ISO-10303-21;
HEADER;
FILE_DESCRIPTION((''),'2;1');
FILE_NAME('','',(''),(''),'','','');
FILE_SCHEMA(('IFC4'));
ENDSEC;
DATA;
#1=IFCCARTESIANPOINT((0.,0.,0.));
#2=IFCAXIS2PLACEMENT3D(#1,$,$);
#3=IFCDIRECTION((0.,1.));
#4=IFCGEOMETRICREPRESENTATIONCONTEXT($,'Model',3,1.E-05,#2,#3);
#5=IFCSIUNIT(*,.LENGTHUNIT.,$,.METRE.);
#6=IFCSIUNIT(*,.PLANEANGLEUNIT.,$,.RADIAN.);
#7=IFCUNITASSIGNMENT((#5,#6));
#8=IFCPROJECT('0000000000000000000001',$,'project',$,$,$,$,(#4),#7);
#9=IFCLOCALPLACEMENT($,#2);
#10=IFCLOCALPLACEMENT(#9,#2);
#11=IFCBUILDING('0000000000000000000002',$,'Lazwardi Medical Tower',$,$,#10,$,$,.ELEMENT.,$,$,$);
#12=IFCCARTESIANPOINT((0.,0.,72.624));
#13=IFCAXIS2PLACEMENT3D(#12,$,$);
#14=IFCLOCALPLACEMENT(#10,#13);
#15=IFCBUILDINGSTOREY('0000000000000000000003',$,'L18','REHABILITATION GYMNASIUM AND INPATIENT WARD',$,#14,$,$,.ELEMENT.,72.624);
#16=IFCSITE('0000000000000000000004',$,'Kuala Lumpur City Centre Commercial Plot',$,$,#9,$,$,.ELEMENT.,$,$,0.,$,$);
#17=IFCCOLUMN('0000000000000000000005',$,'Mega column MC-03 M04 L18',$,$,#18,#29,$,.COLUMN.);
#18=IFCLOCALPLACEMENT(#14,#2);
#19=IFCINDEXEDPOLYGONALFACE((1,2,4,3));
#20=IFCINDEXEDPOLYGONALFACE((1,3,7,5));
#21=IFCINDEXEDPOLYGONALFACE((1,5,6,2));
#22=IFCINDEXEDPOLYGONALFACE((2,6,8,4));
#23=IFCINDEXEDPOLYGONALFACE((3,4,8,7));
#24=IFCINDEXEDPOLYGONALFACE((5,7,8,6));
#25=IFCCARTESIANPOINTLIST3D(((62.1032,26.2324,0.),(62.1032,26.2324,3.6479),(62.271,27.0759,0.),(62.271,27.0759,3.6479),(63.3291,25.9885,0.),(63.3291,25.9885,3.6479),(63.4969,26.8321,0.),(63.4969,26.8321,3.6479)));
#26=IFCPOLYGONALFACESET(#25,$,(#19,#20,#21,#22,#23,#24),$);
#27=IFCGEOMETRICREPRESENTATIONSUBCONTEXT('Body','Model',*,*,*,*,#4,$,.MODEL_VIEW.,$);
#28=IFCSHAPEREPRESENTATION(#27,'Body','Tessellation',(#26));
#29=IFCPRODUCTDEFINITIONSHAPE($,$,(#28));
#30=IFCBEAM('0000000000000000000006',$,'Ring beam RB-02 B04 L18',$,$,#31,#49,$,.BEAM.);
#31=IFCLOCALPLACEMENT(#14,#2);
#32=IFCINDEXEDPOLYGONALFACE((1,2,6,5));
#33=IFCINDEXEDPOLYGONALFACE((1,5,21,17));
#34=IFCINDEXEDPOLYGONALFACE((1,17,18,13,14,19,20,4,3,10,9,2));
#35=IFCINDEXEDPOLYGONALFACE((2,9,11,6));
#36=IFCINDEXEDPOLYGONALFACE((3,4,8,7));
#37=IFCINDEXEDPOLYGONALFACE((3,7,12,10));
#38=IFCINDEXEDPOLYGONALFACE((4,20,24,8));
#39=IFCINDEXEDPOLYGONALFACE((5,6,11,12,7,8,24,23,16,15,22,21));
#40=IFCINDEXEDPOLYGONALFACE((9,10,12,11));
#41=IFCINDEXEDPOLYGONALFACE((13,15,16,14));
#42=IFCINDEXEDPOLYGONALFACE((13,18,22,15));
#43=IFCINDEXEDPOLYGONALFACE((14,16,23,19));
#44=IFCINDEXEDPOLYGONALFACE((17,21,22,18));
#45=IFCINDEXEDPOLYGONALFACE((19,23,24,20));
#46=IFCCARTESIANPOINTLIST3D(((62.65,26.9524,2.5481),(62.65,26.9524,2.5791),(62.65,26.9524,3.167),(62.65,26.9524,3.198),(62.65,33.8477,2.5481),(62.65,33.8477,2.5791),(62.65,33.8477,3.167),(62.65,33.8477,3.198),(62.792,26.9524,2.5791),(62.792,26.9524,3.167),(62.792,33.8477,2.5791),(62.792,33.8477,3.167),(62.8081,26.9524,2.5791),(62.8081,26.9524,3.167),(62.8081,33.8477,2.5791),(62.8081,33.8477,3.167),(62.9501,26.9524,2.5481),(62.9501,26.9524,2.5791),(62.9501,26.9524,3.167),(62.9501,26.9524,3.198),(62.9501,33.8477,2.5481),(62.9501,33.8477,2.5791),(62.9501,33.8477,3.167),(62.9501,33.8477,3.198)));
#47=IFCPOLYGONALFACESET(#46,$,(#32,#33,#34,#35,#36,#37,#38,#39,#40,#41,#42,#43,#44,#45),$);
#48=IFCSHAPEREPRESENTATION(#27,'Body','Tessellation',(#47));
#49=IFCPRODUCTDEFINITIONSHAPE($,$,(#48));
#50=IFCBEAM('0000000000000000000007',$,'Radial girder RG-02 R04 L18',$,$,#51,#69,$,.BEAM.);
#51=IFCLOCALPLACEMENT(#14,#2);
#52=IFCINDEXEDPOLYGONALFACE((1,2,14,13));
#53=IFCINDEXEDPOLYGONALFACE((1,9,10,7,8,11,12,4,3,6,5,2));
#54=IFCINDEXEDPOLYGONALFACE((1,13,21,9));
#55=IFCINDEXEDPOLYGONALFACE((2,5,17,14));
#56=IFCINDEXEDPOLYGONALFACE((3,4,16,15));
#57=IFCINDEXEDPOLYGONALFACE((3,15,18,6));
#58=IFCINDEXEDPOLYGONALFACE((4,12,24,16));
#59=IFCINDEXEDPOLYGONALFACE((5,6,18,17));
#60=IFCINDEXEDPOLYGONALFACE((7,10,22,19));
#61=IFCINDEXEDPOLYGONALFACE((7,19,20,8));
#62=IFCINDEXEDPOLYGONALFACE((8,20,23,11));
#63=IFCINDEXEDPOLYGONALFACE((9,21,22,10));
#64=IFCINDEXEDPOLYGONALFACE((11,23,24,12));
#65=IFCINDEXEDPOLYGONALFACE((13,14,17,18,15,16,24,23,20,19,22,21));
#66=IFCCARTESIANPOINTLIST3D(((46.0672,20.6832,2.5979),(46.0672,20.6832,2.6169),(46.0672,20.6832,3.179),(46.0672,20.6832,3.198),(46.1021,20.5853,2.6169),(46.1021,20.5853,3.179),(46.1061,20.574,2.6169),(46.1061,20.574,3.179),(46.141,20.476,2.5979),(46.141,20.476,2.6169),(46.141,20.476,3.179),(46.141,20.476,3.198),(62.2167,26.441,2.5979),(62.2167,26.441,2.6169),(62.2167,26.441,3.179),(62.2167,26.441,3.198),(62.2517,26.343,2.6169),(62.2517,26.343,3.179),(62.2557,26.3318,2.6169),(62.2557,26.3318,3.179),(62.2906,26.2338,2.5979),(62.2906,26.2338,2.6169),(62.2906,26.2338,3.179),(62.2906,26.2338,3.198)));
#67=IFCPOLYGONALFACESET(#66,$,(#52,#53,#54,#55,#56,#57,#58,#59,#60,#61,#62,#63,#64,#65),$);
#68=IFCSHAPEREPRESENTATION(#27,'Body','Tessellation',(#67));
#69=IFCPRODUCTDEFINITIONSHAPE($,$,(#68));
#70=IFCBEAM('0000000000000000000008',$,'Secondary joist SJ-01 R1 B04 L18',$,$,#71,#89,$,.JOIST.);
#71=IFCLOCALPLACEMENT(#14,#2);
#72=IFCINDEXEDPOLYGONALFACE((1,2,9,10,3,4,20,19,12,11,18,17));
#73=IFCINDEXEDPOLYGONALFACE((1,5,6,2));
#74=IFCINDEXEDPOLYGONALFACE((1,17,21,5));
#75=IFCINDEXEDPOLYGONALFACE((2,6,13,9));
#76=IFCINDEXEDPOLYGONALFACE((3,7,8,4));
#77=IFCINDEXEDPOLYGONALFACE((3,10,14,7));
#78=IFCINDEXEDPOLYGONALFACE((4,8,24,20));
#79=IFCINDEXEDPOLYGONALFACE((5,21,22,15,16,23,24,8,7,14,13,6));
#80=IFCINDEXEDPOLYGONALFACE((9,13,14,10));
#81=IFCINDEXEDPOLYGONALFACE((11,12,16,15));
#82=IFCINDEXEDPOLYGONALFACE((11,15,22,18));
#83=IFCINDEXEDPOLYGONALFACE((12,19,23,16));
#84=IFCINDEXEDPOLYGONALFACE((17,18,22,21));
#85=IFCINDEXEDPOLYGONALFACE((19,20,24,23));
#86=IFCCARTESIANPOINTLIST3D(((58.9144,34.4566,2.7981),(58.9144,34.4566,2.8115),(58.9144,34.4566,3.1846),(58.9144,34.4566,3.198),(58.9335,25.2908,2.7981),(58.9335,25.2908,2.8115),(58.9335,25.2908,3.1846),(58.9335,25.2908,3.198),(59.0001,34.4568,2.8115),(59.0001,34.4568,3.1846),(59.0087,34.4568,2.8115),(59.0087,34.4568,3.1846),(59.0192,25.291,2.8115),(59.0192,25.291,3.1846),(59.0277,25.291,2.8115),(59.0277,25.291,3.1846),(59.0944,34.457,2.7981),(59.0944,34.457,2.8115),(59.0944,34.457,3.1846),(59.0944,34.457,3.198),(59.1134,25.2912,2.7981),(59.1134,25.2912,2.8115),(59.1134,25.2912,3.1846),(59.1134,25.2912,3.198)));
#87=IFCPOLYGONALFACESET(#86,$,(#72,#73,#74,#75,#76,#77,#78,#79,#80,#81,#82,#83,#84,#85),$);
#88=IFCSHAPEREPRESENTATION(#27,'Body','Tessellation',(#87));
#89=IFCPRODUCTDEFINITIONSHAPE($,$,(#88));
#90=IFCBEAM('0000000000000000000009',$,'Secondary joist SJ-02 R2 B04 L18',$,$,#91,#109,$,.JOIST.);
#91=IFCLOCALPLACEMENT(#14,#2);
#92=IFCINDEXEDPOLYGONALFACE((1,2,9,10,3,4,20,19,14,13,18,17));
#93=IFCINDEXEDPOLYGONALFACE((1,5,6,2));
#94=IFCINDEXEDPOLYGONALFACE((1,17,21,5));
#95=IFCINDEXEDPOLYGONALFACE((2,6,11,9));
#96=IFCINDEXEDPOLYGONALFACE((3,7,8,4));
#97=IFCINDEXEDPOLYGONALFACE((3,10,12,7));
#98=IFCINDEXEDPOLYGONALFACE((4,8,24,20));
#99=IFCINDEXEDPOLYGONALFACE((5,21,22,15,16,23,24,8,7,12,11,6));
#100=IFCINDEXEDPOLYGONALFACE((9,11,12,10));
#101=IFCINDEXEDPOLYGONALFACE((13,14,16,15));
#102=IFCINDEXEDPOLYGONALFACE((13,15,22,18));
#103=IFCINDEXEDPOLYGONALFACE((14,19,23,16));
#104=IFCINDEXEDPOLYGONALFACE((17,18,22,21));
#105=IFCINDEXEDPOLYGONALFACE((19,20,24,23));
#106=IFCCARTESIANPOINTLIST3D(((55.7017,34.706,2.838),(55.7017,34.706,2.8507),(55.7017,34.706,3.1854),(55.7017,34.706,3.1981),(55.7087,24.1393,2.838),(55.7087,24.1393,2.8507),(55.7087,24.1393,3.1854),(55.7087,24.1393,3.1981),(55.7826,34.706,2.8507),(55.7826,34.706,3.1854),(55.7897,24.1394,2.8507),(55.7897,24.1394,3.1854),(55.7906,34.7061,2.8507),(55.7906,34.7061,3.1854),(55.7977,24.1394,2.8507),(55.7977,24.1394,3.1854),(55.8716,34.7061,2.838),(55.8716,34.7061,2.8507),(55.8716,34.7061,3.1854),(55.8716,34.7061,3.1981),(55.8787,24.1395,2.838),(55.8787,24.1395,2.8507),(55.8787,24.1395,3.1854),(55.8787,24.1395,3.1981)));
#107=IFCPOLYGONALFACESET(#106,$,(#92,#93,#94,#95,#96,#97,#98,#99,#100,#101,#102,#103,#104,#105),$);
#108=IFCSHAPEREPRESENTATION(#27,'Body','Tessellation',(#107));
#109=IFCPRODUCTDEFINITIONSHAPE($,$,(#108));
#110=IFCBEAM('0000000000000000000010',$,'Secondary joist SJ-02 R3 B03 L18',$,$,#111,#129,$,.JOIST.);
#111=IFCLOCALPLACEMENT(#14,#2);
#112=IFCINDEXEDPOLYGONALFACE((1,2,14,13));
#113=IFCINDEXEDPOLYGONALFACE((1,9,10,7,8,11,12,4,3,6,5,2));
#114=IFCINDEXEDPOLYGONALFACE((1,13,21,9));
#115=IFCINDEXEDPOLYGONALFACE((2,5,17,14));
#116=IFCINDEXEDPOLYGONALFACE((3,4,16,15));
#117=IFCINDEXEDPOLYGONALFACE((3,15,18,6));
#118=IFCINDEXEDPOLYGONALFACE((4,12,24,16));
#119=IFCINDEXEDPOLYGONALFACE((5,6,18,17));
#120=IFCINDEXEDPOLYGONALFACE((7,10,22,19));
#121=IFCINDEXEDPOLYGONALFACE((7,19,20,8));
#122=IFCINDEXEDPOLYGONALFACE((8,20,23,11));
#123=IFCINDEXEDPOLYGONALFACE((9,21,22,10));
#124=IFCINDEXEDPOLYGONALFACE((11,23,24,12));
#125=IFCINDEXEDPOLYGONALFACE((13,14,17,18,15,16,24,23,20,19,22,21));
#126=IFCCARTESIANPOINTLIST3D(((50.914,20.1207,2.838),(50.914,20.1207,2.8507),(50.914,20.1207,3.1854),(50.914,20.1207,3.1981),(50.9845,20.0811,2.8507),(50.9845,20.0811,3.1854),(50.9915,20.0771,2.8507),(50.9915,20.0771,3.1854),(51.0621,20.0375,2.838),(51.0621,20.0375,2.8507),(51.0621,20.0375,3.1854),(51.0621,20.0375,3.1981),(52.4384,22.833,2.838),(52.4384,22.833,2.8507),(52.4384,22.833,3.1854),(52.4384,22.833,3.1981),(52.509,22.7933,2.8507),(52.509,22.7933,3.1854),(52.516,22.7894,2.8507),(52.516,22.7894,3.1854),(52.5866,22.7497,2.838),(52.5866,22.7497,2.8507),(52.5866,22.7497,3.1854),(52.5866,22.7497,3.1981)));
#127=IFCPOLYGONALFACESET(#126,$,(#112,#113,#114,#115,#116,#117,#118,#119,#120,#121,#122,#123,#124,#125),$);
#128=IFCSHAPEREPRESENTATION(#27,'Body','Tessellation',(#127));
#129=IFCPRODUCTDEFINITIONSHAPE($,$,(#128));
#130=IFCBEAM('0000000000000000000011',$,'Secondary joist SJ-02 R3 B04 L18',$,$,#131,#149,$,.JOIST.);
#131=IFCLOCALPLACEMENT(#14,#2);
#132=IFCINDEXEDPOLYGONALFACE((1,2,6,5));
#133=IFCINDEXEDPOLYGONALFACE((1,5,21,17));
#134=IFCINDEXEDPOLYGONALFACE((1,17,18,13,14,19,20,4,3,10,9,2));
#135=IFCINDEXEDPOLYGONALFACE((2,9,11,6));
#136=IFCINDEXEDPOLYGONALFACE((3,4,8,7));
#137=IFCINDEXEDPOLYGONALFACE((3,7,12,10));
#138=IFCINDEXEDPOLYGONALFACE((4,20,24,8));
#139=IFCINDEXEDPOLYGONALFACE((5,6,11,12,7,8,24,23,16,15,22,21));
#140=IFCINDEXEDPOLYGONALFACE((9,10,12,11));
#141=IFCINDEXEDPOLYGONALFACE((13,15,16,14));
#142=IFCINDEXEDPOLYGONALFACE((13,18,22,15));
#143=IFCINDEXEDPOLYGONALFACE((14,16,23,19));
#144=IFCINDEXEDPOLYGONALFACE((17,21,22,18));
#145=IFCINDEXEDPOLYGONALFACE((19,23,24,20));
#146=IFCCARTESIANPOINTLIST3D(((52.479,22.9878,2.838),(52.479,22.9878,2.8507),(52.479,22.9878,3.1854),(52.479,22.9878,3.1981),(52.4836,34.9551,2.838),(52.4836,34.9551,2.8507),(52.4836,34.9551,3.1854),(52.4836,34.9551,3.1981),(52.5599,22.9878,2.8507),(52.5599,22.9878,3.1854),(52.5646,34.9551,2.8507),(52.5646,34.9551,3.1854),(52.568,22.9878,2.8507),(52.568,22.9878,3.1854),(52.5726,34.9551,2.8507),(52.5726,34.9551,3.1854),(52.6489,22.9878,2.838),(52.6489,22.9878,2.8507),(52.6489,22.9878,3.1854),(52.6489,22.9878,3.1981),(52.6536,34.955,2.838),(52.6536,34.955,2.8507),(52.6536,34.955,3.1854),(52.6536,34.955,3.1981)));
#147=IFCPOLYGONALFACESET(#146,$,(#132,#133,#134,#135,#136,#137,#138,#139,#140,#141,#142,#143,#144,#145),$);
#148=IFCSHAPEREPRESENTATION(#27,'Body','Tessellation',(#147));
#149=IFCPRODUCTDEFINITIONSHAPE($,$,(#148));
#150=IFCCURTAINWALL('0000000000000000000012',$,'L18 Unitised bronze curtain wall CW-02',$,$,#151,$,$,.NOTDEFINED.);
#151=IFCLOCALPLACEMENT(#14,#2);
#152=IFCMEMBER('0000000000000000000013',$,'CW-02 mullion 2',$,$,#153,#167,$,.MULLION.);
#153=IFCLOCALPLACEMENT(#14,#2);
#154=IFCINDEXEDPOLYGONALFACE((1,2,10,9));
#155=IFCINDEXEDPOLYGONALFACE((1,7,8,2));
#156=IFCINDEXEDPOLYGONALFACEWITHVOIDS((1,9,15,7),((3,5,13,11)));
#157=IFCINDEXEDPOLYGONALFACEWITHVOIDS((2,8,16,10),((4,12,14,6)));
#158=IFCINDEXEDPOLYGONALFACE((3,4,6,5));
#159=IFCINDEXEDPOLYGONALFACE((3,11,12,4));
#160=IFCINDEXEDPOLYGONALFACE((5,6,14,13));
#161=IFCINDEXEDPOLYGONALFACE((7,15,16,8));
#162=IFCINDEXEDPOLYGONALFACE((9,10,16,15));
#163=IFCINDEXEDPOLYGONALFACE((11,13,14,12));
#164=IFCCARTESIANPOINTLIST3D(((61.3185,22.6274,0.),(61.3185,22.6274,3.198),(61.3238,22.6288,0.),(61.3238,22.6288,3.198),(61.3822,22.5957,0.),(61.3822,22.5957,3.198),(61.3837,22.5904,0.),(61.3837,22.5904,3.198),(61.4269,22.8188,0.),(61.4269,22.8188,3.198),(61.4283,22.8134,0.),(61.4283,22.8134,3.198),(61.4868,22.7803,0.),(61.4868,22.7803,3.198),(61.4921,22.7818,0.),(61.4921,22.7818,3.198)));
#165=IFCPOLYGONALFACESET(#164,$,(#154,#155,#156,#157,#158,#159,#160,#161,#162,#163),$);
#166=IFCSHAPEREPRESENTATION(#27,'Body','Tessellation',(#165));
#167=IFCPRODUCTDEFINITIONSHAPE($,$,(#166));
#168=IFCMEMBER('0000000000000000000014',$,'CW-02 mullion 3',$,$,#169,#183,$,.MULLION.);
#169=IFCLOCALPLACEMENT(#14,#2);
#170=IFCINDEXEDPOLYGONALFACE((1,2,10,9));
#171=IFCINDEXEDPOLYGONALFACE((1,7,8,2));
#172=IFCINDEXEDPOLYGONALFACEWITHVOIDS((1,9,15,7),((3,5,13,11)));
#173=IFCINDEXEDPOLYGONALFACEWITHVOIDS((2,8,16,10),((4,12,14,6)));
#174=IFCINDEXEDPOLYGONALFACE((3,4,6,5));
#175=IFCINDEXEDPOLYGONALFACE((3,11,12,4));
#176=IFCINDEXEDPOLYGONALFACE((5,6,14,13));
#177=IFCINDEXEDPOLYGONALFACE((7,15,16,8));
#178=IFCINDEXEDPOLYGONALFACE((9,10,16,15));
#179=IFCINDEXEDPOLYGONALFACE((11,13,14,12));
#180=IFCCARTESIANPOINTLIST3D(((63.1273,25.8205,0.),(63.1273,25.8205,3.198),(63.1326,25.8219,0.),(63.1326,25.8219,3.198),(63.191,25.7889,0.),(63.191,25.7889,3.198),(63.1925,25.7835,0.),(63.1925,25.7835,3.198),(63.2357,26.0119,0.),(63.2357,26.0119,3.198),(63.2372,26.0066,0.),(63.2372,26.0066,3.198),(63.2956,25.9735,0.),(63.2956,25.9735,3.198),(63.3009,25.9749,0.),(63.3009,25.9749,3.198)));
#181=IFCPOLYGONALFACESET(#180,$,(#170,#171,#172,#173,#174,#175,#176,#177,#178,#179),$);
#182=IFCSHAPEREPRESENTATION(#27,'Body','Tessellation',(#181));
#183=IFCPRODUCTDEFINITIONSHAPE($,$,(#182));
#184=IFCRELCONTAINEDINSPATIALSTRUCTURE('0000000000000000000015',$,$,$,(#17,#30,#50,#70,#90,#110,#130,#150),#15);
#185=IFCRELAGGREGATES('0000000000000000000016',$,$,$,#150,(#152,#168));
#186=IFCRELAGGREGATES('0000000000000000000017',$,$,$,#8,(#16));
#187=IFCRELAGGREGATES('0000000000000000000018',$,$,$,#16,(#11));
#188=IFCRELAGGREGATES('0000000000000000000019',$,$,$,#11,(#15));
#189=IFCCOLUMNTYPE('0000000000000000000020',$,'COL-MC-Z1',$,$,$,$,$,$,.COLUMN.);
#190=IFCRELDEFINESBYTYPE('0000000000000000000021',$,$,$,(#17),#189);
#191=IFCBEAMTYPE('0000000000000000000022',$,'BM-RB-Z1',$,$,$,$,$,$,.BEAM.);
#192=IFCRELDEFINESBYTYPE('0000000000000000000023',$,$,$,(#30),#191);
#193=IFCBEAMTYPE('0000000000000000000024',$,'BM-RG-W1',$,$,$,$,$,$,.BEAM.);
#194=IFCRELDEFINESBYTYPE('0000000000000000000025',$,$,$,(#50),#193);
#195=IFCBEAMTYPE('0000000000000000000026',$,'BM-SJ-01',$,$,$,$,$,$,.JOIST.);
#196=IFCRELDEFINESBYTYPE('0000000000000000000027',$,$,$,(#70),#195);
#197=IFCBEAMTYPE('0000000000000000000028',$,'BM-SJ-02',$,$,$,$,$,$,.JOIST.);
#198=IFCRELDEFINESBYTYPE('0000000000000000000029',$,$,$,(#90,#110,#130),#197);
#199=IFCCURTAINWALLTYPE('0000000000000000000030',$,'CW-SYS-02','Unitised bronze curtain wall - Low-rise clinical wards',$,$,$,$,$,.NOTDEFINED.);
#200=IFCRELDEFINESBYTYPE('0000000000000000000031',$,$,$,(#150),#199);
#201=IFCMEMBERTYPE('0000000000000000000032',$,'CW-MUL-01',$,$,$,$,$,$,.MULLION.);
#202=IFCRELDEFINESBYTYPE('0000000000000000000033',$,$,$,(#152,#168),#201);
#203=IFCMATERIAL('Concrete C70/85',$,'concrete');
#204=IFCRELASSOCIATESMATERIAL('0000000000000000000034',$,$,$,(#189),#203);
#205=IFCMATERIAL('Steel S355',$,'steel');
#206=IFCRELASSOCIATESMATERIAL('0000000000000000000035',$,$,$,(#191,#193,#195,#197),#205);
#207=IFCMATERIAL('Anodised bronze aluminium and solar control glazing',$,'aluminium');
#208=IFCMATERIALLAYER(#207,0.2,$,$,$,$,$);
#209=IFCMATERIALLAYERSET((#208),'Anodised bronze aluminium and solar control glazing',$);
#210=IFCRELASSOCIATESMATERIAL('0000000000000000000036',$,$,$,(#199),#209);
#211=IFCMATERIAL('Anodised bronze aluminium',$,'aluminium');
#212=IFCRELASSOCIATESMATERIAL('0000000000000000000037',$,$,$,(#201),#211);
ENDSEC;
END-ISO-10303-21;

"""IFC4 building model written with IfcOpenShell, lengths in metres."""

from ifc_helpers import new_model, si_unit, direction, frame, origin, origin_2d, place, context, subcontext, project, spatial, rectangle, hollow_rectangle, i_section, extrude, material, layer, layer_set, material_profile, profile_set, type_object, element, aggregate, save


model = new_model("IFC4")

# Units and contexts
model_context = context("Model", 3, precision=1e-05, world=origin(), true_north=direction((0.0, 1.0)))
body_context = subcontext(model_context, "Body", "Model", "MODEL_VIEW")
ifc_project = project(units=[si_unit("LENGTHUNIT", "METRE"), si_unit("PLANEANGLEUNIT", "RADIAN")], contexts=[model_context])

# Site, building, storey
site_placement = place(None, origin())
site = spatial("IfcSite", under=ifc_project, at=site_placement, Name="Kuala Lumpur City Centre Commercial Plot", CompositionType="ELEMENT", RefElevation=0.0)
building_placement = place(site_placement, origin())
building = spatial("IfcBuilding", under=site, at=building_placement, Name="Lazwardi Medical Tower", CompositionType="ELEMENT")
storey_placement = place(building_placement, frame((0.0, 0.0, 72.624)))
storey = spatial("IfcBuildingStorey", under=building, at=storey_placement, Name="L18", Description="REHABILITATION GYMNASIUM AND INPATIENT WARD", CompositionType="ELEMENT", Elevation=72.624)

# Column
ifc_material_1 = material(Name="Concrete C70/85", Category="concrete")
ifc_material_profile_1 = material_profile(ifc_material_1, rectangle(XDim=1.25, YDim=0.8601, at=origin_2d()), Name="CFT-RECT 1250x860")
ifc_profile_set_1 = profile_set([ifc_material_profile_1], Name="Concrete C70/85")
column_type = type_object("IfcColumnType", Name="COL-MC-Z1", PredefinedType="COLUMN", material=ifc_profile_set_1)
column_placement = place(storey_placement, frame((62.8, 26.5322, 0.0), z_axis=(0.0, 0.0, 1.0), x_axis=(0.980785, -0.19509, 0.0)))
element("IfcColumn", 1, at=column_placement, inside=storey, type_object=column_type, Name="Mega column MC-03 M04 L18", PredefinedType="COLUMN", context=body_context, shape_type="SweptSolid", body=[
    extrude(rectangle(XDim=1.25, YDim=0.8601, at=origin_2d()), origin(), (0.0, 0.0, 1.0), 3.6479),
])

# Beams
ifc_material_2 = material(Name="Steel S355", Category="steel")
ifc_material_profile_2 = material_profile(ifc_material_2, i_section(OverallWidth=0.3, OverallDepth=0.6499, WebThickness=0.0161, FlangeThickness=0.031, at=origin_2d()), Name="HEB 650")
ifc_profile_set_2 = profile_set([ifc_material_profile_2], Name="Steel S355")
beam_type_1 = type_object("IfcBeamType", Name="BM-RB-Z1", PredefinedType="BEAM", material=ifc_profile_set_2)
beam_1_placement = place(storey_placement, frame((62.8, 26.9524, 2.873), z_axis=(0.0, 1.0, 0.0), x_axis=(-1.0, 0.0, 0.0)))
element("IfcBeam", 2, at=beam_1_placement, inside=storey, type_object=beam_type_1, Name="Ring beam RB-02 B04 L18", PredefinedType="BEAM", context=body_context, shape_type="SweptSolid", body=[
    extrude(i_section(OverallWidth=0.3, OverallDepth=0.6499, WebThickness=0.0161, FlangeThickness=0.031, at=origin_2d()), origin(), (0.0, 0.0, 1.0), 6.8953),
])
ifc_material_profile_3 = material_profile(ifc_material_2, i_section(OverallWidth=0.22, OverallDepth=0.6001, WebThickness=0.012, FlangeThickness=0.019, at=origin_2d()), Name="IPE 600")
ifc_profile_set_3 = profile_set([ifc_material_profile_3], Name="Steel S355")
beam_type_2 = type_object("IfcBeamType", Name="BM-RG-W1", PredefinedType="BEAM", material=ifc_profile_set_3)
beam_2_placement = place(storey_placement, frame((62.2537, 26.3374, 2.8979), z_axis=(-0.941925, -0.335823, 0.0), x_axis=(0.335823, -0.941925, 0.0)))
element("IfcBeam", 3, at=beam_2_placement, inside=storey, type_object=beam_type_2, Name="Radial girder RG-02 R04 L18", PredefinedType="BEAM", context=body_context, shape_type="SweptSolid", body=[
    extrude(i_section(OverallWidth=0.22, OverallDepth=0.6001, WebThickness=0.012, FlangeThickness=0.019, at=origin_2d()), origin(), (0.0, 0.0, 1.0), 17.1453),
])
ifc_material_profile_4 = material_profile(ifc_material_2, i_section(OverallWidth=0.1799, OverallDepth=0.3999, WebThickness=0.0085, FlangeThickness=0.0134, at=origin_2d()), Name="IPE 400")
ifc_profile_set_4 = profile_set([ifc_material_profile_4], Name="Steel S355")
beam_type_3 = type_object("IfcBeamType", Name="BM-SJ-01", PredefinedType="JOIST", material=ifc_profile_set_4)
beam_3_placement = place(storey_placement, frame((59.0234, 25.291, 2.998), z_axis=(-0.002078, 0.999998, 0.0), x_axis=(-0.999998, -0.002078, 0.0)))
element("IfcBeam", 4, at=beam_3_placement, inside=storey, type_object=beam_type_3, Name="Secondary joist SJ-01 R1 B04 L18", PredefinedType="JOIST", context=body_context, shape_type="SweptSolid", body=[
    extrude(i_section(OverallWidth=0.1799, OverallDepth=0.3999, WebThickness=0.0085, FlangeThickness=0.0134, at=origin_2d()), origin(), (0.0, 0.0, 1.0), 9.1658),
])
ifc_material_profile_5 = material_profile(ifc_material_2, i_section(OverallWidth=0.1699, OverallDepth=0.3601, WebThickness=0.0081, FlangeThickness=0.0127, at=origin_2d()), Name="IPE 360")
ifc_profile_set_5 = profile_set([ifc_material_profile_5], Name="Steel S355")
beam_type_4 = type_object("IfcBeamType", Name="BM-SJ-02", PredefinedType="JOIST", material=ifc_profile_set_5)
beam_4_placement = place(storey_placement, frame((55.7937, 24.1394, 3.0181), z_axis=(-0.00067, 1.0, 0.0), x_axis=(-1.0, -0.00067, 0.0)))
element("IfcBeam", 5, at=beam_4_placement, inside=storey, type_object=beam_type_4, Name="Secondary joist SJ-02 R2 B04 L18", PredefinedType="JOIST", context=body_context, shape_type="SweptSolid", body=[
    extrude(i_section(OverallWidth=0.1699, OverallDepth=0.3601, WebThickness=0.0081, FlangeThickness=0.0127, at=origin_2d()), origin(), (0.0, 0.0, 1.0), 10.5667),
])
beam_5_placement = place(storey_placement, frame((50.988, 20.0791, 3.0181), z_axis=(0.489974, 0.871737, 0.0), x_axis=(-0.871737, 0.489974, 0.0)))
element("IfcBeam", 6, at=beam_5_placement, inside=storey, type_object=beam_type_4, Name="Secondary joist SJ-02 R3 B03 L18", PredefinedType="JOIST", context=body_context, shape_type="SweptSolid", body=[
    extrude(i_section(OverallWidth=0.1699, OverallDepth=0.3601, WebThickness=0.0081, FlangeThickness=0.0127, at=origin_2d()), origin(), (0.0, 0.0, 1.0), 3.1113),
])
beam_6_placement = place(storey_placement, frame((52.564, 22.9878, 3.0181), z_axis=(0.000388, 1.0, 0.0), x_axis=(-1.0, 0.000388, 0.0)))
element("IfcBeam", 7, at=beam_6_placement, inside=storey, type_object=beam_type_4, Name="Secondary joist SJ-02 R3 B04 L18", PredefinedType="JOIST", context=body_context, shape_type="SweptSolid", body=[
    extrude(i_section(OverallWidth=0.1699, OverallDepth=0.3601, WebThickness=0.0081, FlangeThickness=0.0127, at=origin_2d()), origin(), (0.0, 0.0, 1.0), 11.9673),
])

# Curtain wall, members
ifc_material_3 = material(Name="Anodised bronze aluminium and solar control glazing", Category="aluminium")
ifc_layer_1 = layer(ifc_material_3, 0.2)
ifc_layer_set_1 = layer_set([ifc_layer_1], Name="Anodised bronze aluminium and solar control glazing")
curtain_wall_type = type_object("IfcCurtainWallType", Name="CW-SYS-02", Description="Unitised bronze curtain wall - Low-rise clinical wards", PredefinedType="NOTDEFINED", material=ifc_layer_set_1)
curtain_wall_1_placement = place(storey_placement, origin())
curtain_wall_1 = element("IfcCurtainWall", 8, at=curtain_wall_1_placement, inside=storey, type_object=curtain_wall_type, Name="L18 Unitised bronze curtain wall CW-02", PredefinedType="NOTDEFINED")
ifc_material_4 = material(Name="Anodised bronze aluminium", Category="aluminium")
ifc_material_profile_6 = material_profile(ifc_material_4, hollow_rectangle(XDim=0.075, YDim=0.22, WallThickness=0.0039, at=origin_2d()), Name="ALU-MULLION 220x75x4")
ifc_profile_set_6 = profile_set([ifc_material_profile_6], Name="Anodised bronze aluminium")
member_type_1 = type_object("IfcMemberType", Name="CW-MUL-01", PredefinedType="MULLION", material=ifc_profile_set_6)
member_1_placement = place(storey_placement, frame((61.4053, 22.7046, 0.0), z_axis=(0.0, 0.0, 1.0), x_axis=(-0.870112, 0.492854, 0.0)))
member_1 = element("IfcMember", 9, at=member_1_placement, type_object=member_type_1, Name="CW-02 mullion 2", PredefinedType="MULLION", context=body_context, shape_type="SweptSolid", body=[
    extrude(hollow_rectangle(XDim=0.075, YDim=0.22, WallThickness=0.0039, at=origin_2d()), origin(), (0.0, 0.0, 1.0), 3.198),
])
member_2_placement = place(storey_placement, frame((63.2141, 25.8977, 0.0), z_axis=(0.0, 0.0, 1.0), x_axis=(-0.870112, 0.492854, 0.0)))
member_2 = element("IfcMember", 10, at=member_2_placement, type_object=member_type_1, Name="CW-02 mullion 3", PredefinedType="MULLION", context=body_context, shape_type="SweptSolid", body=[
    extrude(hollow_rectangle(XDim=0.075, YDim=0.22, WallThickness=0.0039, at=origin_2d()), origin(), (0.0, 0.0, 1.0), 3.198),
])

aggregate(curtain_wall_1, [member_1, member_2])

save(model, "model.ifc")
